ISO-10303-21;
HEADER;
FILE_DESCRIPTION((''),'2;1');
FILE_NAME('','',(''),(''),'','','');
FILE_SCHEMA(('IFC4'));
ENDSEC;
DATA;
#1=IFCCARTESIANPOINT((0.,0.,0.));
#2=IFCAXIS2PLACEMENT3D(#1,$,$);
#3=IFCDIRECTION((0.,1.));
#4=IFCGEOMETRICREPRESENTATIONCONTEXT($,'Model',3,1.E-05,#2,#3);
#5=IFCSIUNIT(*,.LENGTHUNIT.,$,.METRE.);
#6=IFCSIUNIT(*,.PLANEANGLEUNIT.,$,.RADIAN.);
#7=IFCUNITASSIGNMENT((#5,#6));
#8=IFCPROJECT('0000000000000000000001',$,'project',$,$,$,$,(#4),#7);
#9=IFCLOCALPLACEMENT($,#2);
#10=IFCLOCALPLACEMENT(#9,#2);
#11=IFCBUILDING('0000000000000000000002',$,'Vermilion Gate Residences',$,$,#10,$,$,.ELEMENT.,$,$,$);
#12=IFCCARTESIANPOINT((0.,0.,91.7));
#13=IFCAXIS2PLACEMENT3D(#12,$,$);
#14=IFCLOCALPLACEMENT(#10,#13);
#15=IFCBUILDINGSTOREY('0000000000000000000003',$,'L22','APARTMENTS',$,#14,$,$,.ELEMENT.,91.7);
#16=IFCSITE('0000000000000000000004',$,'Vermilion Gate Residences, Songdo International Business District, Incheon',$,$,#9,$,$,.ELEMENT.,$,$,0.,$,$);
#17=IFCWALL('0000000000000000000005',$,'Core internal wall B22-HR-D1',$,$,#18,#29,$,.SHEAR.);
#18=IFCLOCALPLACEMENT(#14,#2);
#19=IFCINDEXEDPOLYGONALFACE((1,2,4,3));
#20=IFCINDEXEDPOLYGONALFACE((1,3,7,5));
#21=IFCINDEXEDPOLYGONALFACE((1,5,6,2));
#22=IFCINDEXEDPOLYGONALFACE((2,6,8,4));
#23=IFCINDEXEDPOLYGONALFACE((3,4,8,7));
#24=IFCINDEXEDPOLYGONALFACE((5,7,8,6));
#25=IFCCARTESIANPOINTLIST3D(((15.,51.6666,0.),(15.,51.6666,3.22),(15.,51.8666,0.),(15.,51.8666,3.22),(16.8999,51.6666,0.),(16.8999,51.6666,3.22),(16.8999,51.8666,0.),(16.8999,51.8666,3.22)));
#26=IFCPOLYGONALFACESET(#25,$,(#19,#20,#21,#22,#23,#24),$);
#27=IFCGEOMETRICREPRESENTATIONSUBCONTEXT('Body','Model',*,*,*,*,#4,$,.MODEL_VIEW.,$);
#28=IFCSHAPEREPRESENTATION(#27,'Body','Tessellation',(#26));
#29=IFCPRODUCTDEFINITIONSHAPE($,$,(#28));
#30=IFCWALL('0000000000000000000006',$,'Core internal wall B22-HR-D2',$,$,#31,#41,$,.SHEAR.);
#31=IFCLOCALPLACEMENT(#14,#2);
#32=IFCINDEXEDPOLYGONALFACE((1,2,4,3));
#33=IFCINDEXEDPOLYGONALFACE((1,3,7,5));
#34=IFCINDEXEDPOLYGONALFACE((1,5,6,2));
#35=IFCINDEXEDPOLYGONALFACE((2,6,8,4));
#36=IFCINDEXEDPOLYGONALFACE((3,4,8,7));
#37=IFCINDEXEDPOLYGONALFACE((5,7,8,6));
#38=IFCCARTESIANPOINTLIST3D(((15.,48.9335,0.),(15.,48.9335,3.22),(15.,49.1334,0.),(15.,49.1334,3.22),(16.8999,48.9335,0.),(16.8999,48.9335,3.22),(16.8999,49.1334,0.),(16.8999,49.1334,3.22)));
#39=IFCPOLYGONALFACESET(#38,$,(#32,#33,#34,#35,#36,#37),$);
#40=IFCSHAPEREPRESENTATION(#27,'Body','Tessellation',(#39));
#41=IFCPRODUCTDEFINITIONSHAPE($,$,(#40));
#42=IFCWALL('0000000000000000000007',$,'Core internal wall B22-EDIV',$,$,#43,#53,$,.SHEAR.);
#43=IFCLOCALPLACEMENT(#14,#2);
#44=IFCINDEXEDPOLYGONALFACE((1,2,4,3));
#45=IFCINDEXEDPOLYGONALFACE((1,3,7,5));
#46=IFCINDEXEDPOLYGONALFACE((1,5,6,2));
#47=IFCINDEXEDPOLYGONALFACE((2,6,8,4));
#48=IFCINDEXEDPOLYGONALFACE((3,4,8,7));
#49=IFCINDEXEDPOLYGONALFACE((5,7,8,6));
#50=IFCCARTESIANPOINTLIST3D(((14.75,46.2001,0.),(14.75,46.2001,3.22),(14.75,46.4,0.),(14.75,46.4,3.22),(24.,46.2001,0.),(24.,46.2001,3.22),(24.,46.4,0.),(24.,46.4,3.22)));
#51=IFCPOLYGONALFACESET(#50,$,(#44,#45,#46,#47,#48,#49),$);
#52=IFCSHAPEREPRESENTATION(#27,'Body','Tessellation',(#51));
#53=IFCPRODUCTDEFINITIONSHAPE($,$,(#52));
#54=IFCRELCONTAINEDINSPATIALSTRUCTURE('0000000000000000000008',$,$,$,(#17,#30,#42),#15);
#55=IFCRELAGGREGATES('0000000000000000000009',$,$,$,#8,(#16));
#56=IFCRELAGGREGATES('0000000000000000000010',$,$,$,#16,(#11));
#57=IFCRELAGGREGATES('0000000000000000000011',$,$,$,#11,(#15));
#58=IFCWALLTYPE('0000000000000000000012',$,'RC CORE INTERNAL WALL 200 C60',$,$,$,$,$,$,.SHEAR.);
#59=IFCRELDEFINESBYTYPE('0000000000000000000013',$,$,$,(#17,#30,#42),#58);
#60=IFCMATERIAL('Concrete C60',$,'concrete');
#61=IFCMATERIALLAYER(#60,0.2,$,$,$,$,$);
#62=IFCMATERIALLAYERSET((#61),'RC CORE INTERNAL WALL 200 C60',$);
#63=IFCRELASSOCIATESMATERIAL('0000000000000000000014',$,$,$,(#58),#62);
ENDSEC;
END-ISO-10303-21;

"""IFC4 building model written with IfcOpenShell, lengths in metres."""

from ifc_helpers import new_model, si_unit, direction, frame, frame_2d, origin, place, context, subcontext, project, spatial, rectangle, extrude, material, layer, layer_set, type_object, element, save


model = new_model("IFC4")

# Units and contexts
model_context = context("Model", 3, precision=1e-05, world=origin(), true_north=direction((0.0, 1.0)))
body_context = subcontext(model_context, "Body", "Model", "MODEL_VIEW")
ifc_project = project(units=[si_unit("LENGTHUNIT", "METRE"), si_unit("PLANEANGLEUNIT", "RADIAN")], contexts=[model_context])

# Site, building, storey
site_placement = place(None, origin())
site = spatial("IfcSite", under=ifc_project, at=site_placement, Name="Vermilion Gate Residences, Songdo International Business District, Incheon", CompositionType="ELEMENT", RefElevation=0.0)
building_placement = place(site_placement, origin())
building = spatial("IfcBuilding", under=site, at=building_placement, Name="Vermilion Gate Residences", CompositionType="ELEMENT")
storey_placement = place(building_placement, frame((0.0, 0.0, 91.7)))
storey = spatial("IfcBuildingStorey", under=building, at=storey_placement, Name="L22", Description="APARTMENTS", CompositionType="ELEMENT", Elevation=91.7)

# Walls
ifc_material_1 = material(Name="Concrete C60", Category="concrete")
ifc_layer_1 = layer(ifc_material_1, 0.2)
ifc_layer_set_1 = layer_set([ifc_layer_1], Name="RC CORE INTERNAL WALL 200 C60")
wall_type_1 = type_object("IfcWallType", Name="RC CORE INTERNAL WALL 200 C60", PredefinedType="SHEAR", material=ifc_layer_set_1)
for number, where, z_axis, x_axis, name in (
    (1, (15.0, 51.7666, 0.0), (0.0, 0.0, 1.0), (1.0, 0.0, 0.0), "Core internal wall B22-HR-D1"),
    (2, (15.0, 49.0334, 0.0), (0.0, 0.0, 1.0), (1.0, 0.0, 0.0), "Core internal wall B22-HR-D2"),
):
    element("IfcWall", number, at=place(storey_placement, frame(where, z_axis=z_axis, x_axis=x_axis)), inside=storey, type_object=wall_type_1, Name=name, PredefinedType="SHEAR", context=body_context, shape_type="SweptSolid", body=[
        extrude(rectangle(XDim=1.8999, YDim=0.2, at=frame_2d((0.95, 0.0))), origin(), (0.0, 0.0, 1.0), 3.22),
    ])
wall_1_placement = place(storey_placement, frame((14.75, 46.3, 0.0), z_axis=(0.0, 0.0, 1.0), x_axis=(1.0, 0.0, 0.0)))
element("IfcWall", 3, at=wall_1_placement, inside=storey, type_object=wall_type_1, Name="Core internal wall B22-EDIV", PredefinedType="SHEAR", context=body_context, shape_type="SweptSolid", body=[
    extrude(rectangle(XDim=9.25, YDim=0.2, at=frame_2d((4.625, 0.0))), origin(), (0.0, 0.0, 1.0), 3.22),
])

save(model, "model.ifc")
